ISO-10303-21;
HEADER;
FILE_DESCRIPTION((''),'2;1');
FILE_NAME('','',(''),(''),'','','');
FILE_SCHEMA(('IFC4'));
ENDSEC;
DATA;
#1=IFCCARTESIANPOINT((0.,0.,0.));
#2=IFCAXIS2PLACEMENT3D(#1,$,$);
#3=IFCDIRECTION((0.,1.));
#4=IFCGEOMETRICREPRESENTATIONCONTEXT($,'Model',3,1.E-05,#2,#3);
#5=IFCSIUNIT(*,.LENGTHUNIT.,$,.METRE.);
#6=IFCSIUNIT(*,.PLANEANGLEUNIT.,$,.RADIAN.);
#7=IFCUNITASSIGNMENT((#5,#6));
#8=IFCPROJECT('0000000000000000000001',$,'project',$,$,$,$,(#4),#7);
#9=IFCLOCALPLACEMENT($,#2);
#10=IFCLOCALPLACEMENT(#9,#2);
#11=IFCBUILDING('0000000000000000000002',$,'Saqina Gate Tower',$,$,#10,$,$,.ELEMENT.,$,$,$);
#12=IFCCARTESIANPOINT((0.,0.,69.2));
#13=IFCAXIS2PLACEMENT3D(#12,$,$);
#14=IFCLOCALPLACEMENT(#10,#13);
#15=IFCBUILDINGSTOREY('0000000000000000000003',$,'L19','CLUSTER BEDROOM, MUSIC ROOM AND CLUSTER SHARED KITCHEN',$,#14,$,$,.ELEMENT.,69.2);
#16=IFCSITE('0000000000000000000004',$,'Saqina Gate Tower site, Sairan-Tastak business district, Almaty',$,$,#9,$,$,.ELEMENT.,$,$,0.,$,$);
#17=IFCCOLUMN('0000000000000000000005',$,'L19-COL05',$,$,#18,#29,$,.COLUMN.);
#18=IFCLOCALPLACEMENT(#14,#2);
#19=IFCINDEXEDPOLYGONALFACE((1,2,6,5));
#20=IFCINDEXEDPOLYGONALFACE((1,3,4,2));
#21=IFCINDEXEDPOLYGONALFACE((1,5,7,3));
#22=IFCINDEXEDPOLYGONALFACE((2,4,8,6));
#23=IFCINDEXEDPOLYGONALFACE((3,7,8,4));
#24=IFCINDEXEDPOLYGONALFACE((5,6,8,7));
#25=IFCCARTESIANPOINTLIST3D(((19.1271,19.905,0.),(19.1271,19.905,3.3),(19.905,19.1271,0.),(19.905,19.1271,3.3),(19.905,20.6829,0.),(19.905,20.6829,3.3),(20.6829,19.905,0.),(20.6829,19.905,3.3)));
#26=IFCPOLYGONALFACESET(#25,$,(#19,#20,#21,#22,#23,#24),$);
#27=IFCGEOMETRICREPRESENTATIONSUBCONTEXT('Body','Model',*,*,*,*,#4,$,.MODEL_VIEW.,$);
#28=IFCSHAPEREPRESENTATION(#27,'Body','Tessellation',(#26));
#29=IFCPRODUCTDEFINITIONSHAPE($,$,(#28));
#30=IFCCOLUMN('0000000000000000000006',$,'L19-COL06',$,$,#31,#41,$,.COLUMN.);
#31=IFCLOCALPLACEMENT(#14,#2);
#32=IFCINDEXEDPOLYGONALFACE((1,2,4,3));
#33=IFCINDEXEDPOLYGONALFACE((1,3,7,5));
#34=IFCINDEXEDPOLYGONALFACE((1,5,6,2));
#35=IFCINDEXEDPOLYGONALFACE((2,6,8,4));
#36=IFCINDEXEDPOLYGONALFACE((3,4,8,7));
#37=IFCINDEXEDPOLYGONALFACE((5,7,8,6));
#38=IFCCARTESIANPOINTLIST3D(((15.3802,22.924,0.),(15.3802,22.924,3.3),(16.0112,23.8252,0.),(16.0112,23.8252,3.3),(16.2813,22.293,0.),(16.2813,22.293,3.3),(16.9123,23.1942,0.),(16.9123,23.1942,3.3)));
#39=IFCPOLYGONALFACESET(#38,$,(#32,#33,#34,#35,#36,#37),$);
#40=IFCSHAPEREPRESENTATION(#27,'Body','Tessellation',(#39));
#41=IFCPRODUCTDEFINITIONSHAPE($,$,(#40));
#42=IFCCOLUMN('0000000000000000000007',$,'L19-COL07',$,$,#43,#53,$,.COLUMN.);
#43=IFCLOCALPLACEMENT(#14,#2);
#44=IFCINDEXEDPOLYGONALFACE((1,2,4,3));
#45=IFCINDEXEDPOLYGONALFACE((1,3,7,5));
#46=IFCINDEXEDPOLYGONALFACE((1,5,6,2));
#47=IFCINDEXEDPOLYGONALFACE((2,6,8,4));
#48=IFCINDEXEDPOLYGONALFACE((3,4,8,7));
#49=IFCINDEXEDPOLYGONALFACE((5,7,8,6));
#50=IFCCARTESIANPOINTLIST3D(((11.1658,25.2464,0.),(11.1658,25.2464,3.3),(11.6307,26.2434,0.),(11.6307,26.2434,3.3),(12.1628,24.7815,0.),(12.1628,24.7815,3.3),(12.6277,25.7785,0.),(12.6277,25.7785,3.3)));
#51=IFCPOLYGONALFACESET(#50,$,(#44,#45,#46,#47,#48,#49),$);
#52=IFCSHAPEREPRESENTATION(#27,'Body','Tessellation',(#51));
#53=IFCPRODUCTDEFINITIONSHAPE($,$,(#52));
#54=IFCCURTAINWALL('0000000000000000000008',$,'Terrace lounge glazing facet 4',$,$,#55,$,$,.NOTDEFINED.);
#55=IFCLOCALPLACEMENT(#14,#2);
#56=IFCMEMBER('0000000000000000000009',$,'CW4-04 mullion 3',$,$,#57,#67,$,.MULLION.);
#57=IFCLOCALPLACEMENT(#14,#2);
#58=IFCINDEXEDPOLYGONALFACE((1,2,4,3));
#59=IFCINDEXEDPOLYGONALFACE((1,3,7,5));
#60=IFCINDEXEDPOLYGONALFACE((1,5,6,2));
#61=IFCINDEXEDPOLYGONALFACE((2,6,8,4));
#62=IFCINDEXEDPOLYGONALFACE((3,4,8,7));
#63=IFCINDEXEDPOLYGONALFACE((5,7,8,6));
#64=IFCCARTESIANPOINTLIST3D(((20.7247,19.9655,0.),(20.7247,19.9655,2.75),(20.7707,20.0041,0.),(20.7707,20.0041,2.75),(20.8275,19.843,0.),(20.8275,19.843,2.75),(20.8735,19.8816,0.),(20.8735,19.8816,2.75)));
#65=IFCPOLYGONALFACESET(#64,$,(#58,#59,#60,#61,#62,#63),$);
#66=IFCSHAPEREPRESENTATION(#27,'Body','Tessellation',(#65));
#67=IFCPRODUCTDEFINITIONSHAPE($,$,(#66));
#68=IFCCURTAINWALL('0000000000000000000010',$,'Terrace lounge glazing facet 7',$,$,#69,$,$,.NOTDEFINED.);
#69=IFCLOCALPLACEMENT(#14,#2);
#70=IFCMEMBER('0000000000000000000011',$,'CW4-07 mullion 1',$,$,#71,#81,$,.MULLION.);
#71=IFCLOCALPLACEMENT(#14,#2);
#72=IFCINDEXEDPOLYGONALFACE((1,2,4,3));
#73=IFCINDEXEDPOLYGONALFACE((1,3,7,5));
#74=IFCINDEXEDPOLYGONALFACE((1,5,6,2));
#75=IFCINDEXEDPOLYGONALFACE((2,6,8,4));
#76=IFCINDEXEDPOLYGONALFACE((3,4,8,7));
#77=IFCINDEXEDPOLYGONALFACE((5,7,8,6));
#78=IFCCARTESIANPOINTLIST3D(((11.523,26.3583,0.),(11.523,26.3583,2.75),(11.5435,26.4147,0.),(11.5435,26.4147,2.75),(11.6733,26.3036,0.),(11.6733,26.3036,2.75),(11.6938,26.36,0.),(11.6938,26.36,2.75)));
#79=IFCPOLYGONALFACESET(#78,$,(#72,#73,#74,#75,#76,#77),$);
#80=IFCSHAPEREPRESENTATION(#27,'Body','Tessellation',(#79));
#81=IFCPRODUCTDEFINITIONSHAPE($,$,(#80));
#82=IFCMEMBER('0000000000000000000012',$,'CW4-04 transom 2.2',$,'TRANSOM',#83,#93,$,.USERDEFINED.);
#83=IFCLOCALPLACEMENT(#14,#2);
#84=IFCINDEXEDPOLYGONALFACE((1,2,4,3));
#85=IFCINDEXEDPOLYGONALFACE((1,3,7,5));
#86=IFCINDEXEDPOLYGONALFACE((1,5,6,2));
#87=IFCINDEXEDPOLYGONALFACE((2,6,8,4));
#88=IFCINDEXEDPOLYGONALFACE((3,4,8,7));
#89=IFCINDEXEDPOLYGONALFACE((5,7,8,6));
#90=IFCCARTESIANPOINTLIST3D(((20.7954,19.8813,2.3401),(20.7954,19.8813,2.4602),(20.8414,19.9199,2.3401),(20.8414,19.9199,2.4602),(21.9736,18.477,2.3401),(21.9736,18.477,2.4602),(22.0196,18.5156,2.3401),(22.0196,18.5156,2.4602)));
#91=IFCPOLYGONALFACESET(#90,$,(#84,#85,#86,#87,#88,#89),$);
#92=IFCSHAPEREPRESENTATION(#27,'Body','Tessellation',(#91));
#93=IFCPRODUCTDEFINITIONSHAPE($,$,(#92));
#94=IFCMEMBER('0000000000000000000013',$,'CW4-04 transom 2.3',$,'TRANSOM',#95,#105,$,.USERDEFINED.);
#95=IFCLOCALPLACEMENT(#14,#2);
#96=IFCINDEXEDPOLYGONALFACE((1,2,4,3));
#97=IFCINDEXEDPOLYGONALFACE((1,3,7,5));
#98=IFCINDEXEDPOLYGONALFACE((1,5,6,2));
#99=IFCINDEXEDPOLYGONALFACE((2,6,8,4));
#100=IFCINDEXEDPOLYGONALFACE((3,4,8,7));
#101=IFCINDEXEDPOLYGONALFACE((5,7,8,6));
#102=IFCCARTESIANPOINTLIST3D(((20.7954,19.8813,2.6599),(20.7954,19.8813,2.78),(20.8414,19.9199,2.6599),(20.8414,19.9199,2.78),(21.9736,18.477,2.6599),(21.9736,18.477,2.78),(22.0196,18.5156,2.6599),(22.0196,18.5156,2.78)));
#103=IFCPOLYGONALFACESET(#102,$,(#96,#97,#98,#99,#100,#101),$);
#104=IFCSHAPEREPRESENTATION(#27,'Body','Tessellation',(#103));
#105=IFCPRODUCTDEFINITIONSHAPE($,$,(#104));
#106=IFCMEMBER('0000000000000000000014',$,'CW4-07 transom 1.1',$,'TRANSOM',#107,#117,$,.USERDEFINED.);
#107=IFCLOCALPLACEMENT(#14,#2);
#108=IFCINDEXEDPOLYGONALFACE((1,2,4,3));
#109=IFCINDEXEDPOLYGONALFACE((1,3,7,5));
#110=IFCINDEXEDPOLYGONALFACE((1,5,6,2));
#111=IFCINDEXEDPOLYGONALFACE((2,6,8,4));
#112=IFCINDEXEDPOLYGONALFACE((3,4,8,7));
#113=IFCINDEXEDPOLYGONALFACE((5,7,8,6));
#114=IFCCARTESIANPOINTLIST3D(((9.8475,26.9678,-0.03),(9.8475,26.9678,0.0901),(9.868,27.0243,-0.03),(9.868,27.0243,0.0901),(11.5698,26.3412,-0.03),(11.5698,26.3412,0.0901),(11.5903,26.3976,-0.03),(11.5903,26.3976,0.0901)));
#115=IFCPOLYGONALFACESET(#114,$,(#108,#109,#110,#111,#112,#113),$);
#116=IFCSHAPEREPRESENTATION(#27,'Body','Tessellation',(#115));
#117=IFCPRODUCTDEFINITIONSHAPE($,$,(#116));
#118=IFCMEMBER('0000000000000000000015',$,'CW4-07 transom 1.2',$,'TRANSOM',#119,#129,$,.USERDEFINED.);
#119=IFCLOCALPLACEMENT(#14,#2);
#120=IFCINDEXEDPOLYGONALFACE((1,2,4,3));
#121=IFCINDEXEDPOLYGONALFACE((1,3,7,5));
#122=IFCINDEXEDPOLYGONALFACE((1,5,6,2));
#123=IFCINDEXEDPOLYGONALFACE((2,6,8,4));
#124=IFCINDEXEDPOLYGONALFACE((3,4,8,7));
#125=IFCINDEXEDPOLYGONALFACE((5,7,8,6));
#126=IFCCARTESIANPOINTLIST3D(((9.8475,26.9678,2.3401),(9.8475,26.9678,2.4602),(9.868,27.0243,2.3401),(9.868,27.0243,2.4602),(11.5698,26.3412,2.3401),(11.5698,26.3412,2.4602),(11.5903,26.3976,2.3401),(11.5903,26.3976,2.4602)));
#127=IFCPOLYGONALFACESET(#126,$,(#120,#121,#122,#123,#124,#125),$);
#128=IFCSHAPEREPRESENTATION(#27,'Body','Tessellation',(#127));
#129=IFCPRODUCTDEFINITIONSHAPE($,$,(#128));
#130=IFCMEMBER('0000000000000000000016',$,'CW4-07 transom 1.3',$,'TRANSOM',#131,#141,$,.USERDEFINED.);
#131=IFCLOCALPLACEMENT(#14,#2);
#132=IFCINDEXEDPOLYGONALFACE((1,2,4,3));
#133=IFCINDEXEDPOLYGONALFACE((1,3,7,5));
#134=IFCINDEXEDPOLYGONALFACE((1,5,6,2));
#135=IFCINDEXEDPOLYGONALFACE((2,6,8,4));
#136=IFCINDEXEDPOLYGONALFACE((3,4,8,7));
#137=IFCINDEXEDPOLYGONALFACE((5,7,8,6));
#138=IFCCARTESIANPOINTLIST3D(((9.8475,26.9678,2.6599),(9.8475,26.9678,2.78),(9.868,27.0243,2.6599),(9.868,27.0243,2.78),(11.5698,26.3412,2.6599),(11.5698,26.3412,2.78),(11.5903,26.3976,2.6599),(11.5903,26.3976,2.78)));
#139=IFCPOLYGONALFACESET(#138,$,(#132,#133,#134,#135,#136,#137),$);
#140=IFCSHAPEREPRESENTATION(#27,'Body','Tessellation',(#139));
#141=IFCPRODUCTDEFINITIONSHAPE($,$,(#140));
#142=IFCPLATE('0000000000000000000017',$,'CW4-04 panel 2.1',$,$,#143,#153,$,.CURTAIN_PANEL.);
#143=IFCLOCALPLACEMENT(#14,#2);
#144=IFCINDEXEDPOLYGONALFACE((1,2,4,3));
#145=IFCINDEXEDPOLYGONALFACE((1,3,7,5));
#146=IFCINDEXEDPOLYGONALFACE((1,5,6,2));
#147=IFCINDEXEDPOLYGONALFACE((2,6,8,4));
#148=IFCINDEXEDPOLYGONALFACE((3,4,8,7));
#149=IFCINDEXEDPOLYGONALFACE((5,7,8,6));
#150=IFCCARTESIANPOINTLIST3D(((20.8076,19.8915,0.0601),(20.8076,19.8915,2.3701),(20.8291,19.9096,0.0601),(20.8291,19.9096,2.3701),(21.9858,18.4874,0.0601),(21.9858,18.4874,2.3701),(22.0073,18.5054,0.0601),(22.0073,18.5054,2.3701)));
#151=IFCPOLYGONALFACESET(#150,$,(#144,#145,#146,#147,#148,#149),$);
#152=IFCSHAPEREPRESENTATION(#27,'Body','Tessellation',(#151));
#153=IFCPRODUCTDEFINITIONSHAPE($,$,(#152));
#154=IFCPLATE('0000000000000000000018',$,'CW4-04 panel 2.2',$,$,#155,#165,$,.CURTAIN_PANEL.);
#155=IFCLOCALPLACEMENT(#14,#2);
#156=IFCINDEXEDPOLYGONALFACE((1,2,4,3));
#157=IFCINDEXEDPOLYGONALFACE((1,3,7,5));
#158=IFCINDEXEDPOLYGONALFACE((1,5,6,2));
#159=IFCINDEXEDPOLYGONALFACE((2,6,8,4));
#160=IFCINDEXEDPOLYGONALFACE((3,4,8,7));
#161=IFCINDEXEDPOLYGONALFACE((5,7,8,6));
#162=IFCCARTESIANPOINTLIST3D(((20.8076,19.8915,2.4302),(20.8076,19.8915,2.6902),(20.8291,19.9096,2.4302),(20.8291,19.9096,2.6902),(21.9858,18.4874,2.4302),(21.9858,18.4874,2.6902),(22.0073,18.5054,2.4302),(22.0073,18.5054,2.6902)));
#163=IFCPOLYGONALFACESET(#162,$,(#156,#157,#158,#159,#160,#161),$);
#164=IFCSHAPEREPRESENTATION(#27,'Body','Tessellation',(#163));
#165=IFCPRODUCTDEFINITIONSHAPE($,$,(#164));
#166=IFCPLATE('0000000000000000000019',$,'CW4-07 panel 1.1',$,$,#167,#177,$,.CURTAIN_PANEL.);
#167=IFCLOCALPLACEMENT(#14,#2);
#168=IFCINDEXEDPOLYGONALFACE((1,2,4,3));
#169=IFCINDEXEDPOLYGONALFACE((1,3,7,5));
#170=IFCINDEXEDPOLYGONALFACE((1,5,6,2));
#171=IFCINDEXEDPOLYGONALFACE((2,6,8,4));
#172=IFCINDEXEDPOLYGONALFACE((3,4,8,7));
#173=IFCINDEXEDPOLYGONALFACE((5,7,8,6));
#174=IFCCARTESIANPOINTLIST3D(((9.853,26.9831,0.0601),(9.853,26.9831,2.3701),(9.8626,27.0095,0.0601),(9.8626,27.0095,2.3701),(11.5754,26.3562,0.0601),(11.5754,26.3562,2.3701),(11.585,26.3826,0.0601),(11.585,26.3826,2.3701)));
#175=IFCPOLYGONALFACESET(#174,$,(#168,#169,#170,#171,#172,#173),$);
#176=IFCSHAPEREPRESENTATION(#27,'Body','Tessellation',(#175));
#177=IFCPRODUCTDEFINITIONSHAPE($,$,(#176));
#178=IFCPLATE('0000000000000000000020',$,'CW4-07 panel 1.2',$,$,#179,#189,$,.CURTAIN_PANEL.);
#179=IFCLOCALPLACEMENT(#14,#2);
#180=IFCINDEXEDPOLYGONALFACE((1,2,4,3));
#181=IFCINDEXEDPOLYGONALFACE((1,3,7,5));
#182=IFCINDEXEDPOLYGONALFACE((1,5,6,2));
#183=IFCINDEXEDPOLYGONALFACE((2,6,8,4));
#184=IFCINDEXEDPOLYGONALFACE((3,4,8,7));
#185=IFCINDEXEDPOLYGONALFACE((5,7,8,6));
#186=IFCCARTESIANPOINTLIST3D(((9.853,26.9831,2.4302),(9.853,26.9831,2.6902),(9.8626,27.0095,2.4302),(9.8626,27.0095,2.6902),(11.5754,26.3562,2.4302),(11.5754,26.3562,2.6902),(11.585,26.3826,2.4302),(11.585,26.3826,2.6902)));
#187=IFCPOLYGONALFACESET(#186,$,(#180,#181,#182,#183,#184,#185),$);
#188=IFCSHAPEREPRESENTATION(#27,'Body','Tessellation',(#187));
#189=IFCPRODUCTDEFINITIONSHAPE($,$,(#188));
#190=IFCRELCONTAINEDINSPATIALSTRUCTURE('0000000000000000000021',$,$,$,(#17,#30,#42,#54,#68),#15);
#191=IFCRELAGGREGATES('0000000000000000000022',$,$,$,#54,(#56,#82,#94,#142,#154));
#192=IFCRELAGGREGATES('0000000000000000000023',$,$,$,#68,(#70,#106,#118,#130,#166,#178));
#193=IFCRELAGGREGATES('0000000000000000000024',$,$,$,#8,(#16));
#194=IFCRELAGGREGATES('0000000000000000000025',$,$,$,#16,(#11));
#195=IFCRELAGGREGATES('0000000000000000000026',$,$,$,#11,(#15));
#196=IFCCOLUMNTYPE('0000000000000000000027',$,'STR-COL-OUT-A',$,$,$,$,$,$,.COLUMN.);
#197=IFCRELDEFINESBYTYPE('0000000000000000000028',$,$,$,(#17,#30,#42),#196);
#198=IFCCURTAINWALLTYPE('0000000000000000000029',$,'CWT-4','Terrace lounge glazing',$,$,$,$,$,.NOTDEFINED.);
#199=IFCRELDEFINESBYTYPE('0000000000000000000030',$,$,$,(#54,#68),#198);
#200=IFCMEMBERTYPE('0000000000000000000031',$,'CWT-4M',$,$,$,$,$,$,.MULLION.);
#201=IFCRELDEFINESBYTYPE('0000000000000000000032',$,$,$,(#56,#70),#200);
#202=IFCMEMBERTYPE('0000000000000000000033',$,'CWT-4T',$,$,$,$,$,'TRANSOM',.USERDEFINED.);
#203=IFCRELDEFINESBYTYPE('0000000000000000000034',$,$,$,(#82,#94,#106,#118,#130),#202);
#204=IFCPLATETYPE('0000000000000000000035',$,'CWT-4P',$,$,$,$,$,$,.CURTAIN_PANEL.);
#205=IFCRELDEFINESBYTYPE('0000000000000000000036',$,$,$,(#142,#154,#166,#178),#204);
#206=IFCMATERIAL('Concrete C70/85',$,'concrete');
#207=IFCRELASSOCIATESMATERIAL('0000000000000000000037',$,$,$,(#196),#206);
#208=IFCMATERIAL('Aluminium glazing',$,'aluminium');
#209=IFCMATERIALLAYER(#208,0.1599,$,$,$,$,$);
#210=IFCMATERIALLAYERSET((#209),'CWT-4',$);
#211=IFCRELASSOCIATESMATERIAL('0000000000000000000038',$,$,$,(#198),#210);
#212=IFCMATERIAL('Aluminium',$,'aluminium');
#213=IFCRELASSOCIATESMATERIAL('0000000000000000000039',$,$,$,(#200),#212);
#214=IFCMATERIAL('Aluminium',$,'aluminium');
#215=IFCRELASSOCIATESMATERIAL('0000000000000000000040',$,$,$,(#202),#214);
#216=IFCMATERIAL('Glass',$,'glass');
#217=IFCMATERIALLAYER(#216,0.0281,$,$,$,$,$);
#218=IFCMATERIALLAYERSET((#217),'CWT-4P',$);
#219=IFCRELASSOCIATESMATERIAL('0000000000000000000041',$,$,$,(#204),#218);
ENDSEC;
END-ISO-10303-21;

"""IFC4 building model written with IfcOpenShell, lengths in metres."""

from ifc_helpers import new_model, si_unit, direction, frame, origin, origin_2d, place, context, subcontext, project, spatial, rectangle, extrude, material, layer, layer_set, material_profile, profile_set, type_object, element, aggregate, save


model = new_model("IFC4")

# Units and contexts
model_context = context("Model", 3, precision=1e-05, world=origin(), true_north=direction((0.0, 1.0)))
body_context = subcontext(model_context, "Body", "Model", "MODEL_VIEW")
ifc_project = project(units=[si_unit("LENGTHUNIT", "METRE"), si_unit("PLANEANGLEUNIT", "RADIAN")], contexts=[model_context])

# Site, building, storey
site_placement = place(None, origin())
site = spatial("IfcSite", under=ifc_project, at=site_placement, Name="Saqina Gate Tower site, Sairan-Tastak business district, Almaty", CompositionType="ELEMENT", RefElevation=0.0)
building_placement = place(site_placement, origin())
building = spatial("IfcBuilding", under=site, at=building_placement, Name="Saqina Gate Tower", CompositionType="ELEMENT")
storey_placement = place(building_placement, frame((0.0, 0.0, 69.2)))
storey = spatial("IfcBuildingStorey", under=building, at=storey_placement, Name="L19", Description="CLUSTER BEDROOM, MUSIC ROOM AND CLUSTER SHARED KITCHEN", CompositionType="ELEMENT", Elevation=69.2)

# Columns
ifc_material_1 = material(Name="Concrete C70/85", Category="concrete")
ifc_material_profile_1 = material_profile(ifc_material_1, rectangle(XDim=1.1001, YDim=1.1001, at=origin_2d()), Name="RC 1100x1100")
ifc_profile_set_1 = profile_set([ifc_material_profile_1], Name="Concrete C70/85")
column_type = type_object("IfcColumnType", Name="STR-COL-OUT-A", PredefinedType="COLUMN", material=ifc_profile_set_1)
for number, where, z_axis, x_axis, name in (
    (1, (19.905, 19.905, 0.0), (0.0, 0.0, 1.0), (0.707107, 0.707107, 0.0), "L19-COL05"),
    (2, (16.1462, 23.0591, 0.0), (0.0, 0.0, 1.0), (0.573576, 0.819152, 0.0), "L19-COL06"),
    (3, (11.8967, 25.5125, 0.0), (0.0, 0.0, 1.0), (0.422618, 0.906308, 0.0), "L19-COL07"),
):
    element("IfcColumn", number, at=place(storey_placement, frame(where, z_axis=z_axis, x_axis=x_axis)), inside=storey, type_object=column_type, Name=name, PredefinedType="COLUMN", context=body_context, shape_type="SweptSolid", body=[
        extrude(rectangle(XDim=1.1001, YDim=1.1001, at=origin_2d()), origin(), (0.0, 0.0, 1.0), 3.3),
    ])

# Curtain walls, members
ifc_material_2 = material(Name="Aluminium glazing", Category="aluminium")
ifc_layer_1 = layer(ifc_material_2, 0.1599)
ifc_layer_set_1 = layer_set([ifc_layer_1], Name="CWT-4")
curtain_wall_type = type_object("IfcCurtainWallType", Name="CWT-4", Description="Terrace lounge glazing", PredefinedType="NOTDEFINED", material=ifc_layer_set_1)
curtain_wall_1_placement = place(storey_placement, origin())
curtain_wall_1 = element("IfcCurtainWall", 4, at=curtain_wall_1_placement, inside=storey, type_object=curtain_wall_type, Name="Terrace lounge glazing facet 4", PredefinedType="NOTDEFINED")
ifc_material_3 = material(Name="Aluminium", Category="aluminium")
ifc_material_profile_2 = material_profile(ifc_material_3, rectangle(XDim=0.0601, YDim=0.1599, at=origin_2d()), Name="Aluminium 60x160")
ifc_profile_set_2 = profile_set([ifc_material_profile_2], Name="Aluminium")
member_type_1 = type_object("IfcMemberType", Name="CWT-4M", PredefinedType="MULLION", material=ifc_profile_set_2)
member_1_placement = place(storey_placement, frame((20.7991, 19.9236, 0.0), z_axis=(0.0, 0.0, 1.0), x_axis=(-0.766041, -0.642792, 0.0)))
member_1 = element("IfcMember", 5, at=member_1_placement, type_object=member_type_1, Name="CW4-04 mullion 3", PredefinedType="MULLION", context=body_context, shape_type="SweptSolid", body=[
    extrude(rectangle(XDim=0.0601, YDim=0.1599, at=origin_2d()), origin(), (0.0, 0.0, 1.0), 2.75),
])
curtain_wall_2_placement = place(storey_placement, origin())
curtain_wall_2 = element("IfcCurtainWall", 6, at=curtain_wall_2_placement, inside=storey, type_object=curtain_wall_type, Name="Terrace lounge glazing facet 7", PredefinedType="NOTDEFINED")
member_2_placement = place(storey_placement, frame((11.6084, 26.3591, 0.0), z_axis=(0.0, 0.0, 1.0), x_axis=(-0.342008, -0.939697, 0.0)))
member_2 = element("IfcMember", 7, at=member_2_placement, type_object=member_type_1, Name="CW4-07 mullion 1", PredefinedType="MULLION", context=body_context, shape_type="SweptSolid", body=[
    extrude(rectangle(XDim=0.0601, YDim=0.1599, at=origin_2d()), origin(), (0.0, 0.0, 1.0), 2.75),
])

# Members
ifc_material_4 = material(Name="Aluminium", Category="aluminium")
ifc_material_profile_3 = material_profile(ifc_material_4, rectangle(XDim=0.0601, YDim=0.1201, at=origin_2d()), Name="Aluminium 60x120")
ifc_profile_set_3 = profile_set([ifc_material_profile_3], Name="Aluminium")
member_type_2 = type_object("IfcMemberType", Name="CWT-4T", ElementType="TRANSOM", PredefinedType="USERDEFINED", material=ifc_profile_set_3)
member_3_placement = place(storey_placement, frame((21.9966, 18.4963, 2.4001), z_axis=(-0.642748, 0.766077, 0.0), x_axis=(-0.766077, -0.642748, 0.0)))
member_3 = element("IfcMember", 8, at=member_3_placement, type_object=member_type_2, Name="CW4-04 transom 2.2", ObjectType="TRANSOM", PredefinedType="USERDEFINED", context=body_context, shape_type="SweptSolid", body=[
    extrude(rectangle(XDim=0.0601, YDim=0.1201, at=origin_2d()), origin(), (0.0, 0.0, 1.0), 1.833),
])
member_4_placement = place(storey_placement, frame((21.9966, 18.4963, 2.72), z_axis=(-0.642748, 0.766077, 0.0), x_axis=(-0.766077, -0.642748, 0.0)))
member_4 = element("IfcMember", 9, at=member_4_placement, type_object=member_type_2, Name="CW4-04 transom 2.3", ObjectType="TRANSOM", PredefinedType="USERDEFINED", context=body_context, shape_type="SweptSolid", body=[
    extrude(rectangle(XDim=0.0601, YDim=0.1201, at=origin_2d()), origin(), (0.0, 0.0, 1.0), 1.833),
])
member_5_placement = place(storey_placement, frame((11.5801, 26.3694, 0.03), z_axis=(-0.939727, 0.341925, 0.0), x_axis=(-0.341925, -0.939727, 0.0)))
member_5 = element("IfcMember", 10, at=member_5_placement, type_object=member_type_2, Name="CW4-07 transom 1.1", ObjectType="TRANSOM", PredefinedType="USERDEFINED", context=body_context, shape_type="SweptSolid", body=[
    extrude(rectangle(XDim=0.0601, YDim=0.1201, at=origin_2d()), origin(), (0.0, 0.0, 1.0), 1.8328),
])
member_6_placement = place(storey_placement, frame((11.5801, 26.3694, 2.4001), z_axis=(-0.939727, 0.341925, 0.0), x_axis=(-0.341925, -0.939727, 0.0)))
member_6 = element("IfcMember", 11, at=member_6_placement, type_object=member_type_2, Name="CW4-07 transom 1.2", ObjectType="TRANSOM", PredefinedType="USERDEFINED", context=body_context, shape_type="SweptSolid", body=[
    extrude(rectangle(XDim=0.0601, YDim=0.1201, at=origin_2d()), origin(), (0.0, 0.0, 1.0), 1.8328),
])
member_7_placement = place(storey_placement, frame((11.5801, 26.3694, 2.72), z_axis=(-0.939727, 0.341925, 0.0), x_axis=(-0.341925, -0.939727, 0.0)))
member_7 = element("IfcMember", 12, at=member_7_placement, type_object=member_type_2, Name="CW4-07 transom 1.3", ObjectType="TRANSOM", PredefinedType="USERDEFINED", context=body_context, shape_type="SweptSolid", body=[
    extrude(rectangle(XDim=0.0601, YDim=0.1201, at=origin_2d()), origin(), (0.0, 0.0, 1.0), 1.8328),
])

# Plates
ifc_material_5 = material(Name="Glass", Category="glass")
ifc_layer_2 = layer(ifc_material_5, 0.0281)
ifc_layer_set_2 = layer_set([ifc_layer_2], Name="CWT-4P")
plate_type = type_object("IfcPlateType", Name="CWT-4P", PredefinedType="CURTAIN_PANEL", material=ifc_layer_set_2)
plate_1_placement = place(storey_placement, frame((21.4075, 19.1985, 0.0601), z_axis=(0.0, 0.0, 1.0), x_axis=(-0.642792, 0.766041, 0.0)))
plate_1 = element("IfcPlate", 13, at=plate_1_placement, type_object=plate_type, Name="CW4-04 panel 2.1", PredefinedType="CURTAIN_PANEL", context=body_context, shape_type="SweptSolid", body=[
    extrude(rectangle(XDim=1.833, YDim=0.0281, at=origin_2d()), origin(), (0.0, 0.0, 1.0), 2.3101),
])
plate_2_placement = place(storey_placement, frame((21.4075, 19.1985, 2.4302), z_axis=(0.0, 0.0, 1.0), x_axis=(-0.642792, 0.766041, 0.0)))
plate_2 = element("IfcPlate", 14, at=plate_2_placement, type_object=plate_type, Name="CW4-04 panel 2.2", PredefinedType="CURTAIN_PANEL", context=body_context, shape_type="SweptSolid", body=[
    extrude(rectangle(XDim=1.833, YDim=0.0281, at=origin_2d()), origin(), (0.0, 0.0, 1.0), 0.26),
])
aggregate(curtain_wall_1, [member_1, member_3, member_4, plate_1, plate_2])
plate_3_placement = place(storey_placement, frame((10.719, 26.6829, 0.0601), z_axis=(0.0, 0.0, 1.0), x_axis=(-0.939697, 0.342008, 0.0)))
plate_3 = element("IfcPlate", 15, at=plate_3_placement, type_object=plate_type, Name="CW4-07 panel 1.1", PredefinedType="CURTAIN_PANEL", context=body_context, shape_type="SweptSolid", body=[
    extrude(rectangle(XDim=1.833, YDim=0.0281, at=origin_2d()), origin(), (0.0, 0.0, 1.0), 2.3101),
])
plate_4_placement = place(storey_placement, frame((10.719, 26.6829, 2.4302), z_axis=(0.0, 0.0, 1.0), x_axis=(-0.939697, 0.342008, 0.0)))
plate_4 = element("IfcPlate", 16, at=plate_4_placement, type_object=plate_type, Name="CW4-07 panel 1.2", PredefinedType="CURTAIN_PANEL", context=body_context, shape_type="SweptSolid", body=[
    extrude(rectangle(XDim=1.833, YDim=0.0281, at=origin_2d()), origin(), (0.0, 0.0, 1.0), 0.26),
])
aggregate(curtain_wall_2, [member_2, member_5, member_6, member_7, plate_3, plate_4])

save(model, "model.ifc")
